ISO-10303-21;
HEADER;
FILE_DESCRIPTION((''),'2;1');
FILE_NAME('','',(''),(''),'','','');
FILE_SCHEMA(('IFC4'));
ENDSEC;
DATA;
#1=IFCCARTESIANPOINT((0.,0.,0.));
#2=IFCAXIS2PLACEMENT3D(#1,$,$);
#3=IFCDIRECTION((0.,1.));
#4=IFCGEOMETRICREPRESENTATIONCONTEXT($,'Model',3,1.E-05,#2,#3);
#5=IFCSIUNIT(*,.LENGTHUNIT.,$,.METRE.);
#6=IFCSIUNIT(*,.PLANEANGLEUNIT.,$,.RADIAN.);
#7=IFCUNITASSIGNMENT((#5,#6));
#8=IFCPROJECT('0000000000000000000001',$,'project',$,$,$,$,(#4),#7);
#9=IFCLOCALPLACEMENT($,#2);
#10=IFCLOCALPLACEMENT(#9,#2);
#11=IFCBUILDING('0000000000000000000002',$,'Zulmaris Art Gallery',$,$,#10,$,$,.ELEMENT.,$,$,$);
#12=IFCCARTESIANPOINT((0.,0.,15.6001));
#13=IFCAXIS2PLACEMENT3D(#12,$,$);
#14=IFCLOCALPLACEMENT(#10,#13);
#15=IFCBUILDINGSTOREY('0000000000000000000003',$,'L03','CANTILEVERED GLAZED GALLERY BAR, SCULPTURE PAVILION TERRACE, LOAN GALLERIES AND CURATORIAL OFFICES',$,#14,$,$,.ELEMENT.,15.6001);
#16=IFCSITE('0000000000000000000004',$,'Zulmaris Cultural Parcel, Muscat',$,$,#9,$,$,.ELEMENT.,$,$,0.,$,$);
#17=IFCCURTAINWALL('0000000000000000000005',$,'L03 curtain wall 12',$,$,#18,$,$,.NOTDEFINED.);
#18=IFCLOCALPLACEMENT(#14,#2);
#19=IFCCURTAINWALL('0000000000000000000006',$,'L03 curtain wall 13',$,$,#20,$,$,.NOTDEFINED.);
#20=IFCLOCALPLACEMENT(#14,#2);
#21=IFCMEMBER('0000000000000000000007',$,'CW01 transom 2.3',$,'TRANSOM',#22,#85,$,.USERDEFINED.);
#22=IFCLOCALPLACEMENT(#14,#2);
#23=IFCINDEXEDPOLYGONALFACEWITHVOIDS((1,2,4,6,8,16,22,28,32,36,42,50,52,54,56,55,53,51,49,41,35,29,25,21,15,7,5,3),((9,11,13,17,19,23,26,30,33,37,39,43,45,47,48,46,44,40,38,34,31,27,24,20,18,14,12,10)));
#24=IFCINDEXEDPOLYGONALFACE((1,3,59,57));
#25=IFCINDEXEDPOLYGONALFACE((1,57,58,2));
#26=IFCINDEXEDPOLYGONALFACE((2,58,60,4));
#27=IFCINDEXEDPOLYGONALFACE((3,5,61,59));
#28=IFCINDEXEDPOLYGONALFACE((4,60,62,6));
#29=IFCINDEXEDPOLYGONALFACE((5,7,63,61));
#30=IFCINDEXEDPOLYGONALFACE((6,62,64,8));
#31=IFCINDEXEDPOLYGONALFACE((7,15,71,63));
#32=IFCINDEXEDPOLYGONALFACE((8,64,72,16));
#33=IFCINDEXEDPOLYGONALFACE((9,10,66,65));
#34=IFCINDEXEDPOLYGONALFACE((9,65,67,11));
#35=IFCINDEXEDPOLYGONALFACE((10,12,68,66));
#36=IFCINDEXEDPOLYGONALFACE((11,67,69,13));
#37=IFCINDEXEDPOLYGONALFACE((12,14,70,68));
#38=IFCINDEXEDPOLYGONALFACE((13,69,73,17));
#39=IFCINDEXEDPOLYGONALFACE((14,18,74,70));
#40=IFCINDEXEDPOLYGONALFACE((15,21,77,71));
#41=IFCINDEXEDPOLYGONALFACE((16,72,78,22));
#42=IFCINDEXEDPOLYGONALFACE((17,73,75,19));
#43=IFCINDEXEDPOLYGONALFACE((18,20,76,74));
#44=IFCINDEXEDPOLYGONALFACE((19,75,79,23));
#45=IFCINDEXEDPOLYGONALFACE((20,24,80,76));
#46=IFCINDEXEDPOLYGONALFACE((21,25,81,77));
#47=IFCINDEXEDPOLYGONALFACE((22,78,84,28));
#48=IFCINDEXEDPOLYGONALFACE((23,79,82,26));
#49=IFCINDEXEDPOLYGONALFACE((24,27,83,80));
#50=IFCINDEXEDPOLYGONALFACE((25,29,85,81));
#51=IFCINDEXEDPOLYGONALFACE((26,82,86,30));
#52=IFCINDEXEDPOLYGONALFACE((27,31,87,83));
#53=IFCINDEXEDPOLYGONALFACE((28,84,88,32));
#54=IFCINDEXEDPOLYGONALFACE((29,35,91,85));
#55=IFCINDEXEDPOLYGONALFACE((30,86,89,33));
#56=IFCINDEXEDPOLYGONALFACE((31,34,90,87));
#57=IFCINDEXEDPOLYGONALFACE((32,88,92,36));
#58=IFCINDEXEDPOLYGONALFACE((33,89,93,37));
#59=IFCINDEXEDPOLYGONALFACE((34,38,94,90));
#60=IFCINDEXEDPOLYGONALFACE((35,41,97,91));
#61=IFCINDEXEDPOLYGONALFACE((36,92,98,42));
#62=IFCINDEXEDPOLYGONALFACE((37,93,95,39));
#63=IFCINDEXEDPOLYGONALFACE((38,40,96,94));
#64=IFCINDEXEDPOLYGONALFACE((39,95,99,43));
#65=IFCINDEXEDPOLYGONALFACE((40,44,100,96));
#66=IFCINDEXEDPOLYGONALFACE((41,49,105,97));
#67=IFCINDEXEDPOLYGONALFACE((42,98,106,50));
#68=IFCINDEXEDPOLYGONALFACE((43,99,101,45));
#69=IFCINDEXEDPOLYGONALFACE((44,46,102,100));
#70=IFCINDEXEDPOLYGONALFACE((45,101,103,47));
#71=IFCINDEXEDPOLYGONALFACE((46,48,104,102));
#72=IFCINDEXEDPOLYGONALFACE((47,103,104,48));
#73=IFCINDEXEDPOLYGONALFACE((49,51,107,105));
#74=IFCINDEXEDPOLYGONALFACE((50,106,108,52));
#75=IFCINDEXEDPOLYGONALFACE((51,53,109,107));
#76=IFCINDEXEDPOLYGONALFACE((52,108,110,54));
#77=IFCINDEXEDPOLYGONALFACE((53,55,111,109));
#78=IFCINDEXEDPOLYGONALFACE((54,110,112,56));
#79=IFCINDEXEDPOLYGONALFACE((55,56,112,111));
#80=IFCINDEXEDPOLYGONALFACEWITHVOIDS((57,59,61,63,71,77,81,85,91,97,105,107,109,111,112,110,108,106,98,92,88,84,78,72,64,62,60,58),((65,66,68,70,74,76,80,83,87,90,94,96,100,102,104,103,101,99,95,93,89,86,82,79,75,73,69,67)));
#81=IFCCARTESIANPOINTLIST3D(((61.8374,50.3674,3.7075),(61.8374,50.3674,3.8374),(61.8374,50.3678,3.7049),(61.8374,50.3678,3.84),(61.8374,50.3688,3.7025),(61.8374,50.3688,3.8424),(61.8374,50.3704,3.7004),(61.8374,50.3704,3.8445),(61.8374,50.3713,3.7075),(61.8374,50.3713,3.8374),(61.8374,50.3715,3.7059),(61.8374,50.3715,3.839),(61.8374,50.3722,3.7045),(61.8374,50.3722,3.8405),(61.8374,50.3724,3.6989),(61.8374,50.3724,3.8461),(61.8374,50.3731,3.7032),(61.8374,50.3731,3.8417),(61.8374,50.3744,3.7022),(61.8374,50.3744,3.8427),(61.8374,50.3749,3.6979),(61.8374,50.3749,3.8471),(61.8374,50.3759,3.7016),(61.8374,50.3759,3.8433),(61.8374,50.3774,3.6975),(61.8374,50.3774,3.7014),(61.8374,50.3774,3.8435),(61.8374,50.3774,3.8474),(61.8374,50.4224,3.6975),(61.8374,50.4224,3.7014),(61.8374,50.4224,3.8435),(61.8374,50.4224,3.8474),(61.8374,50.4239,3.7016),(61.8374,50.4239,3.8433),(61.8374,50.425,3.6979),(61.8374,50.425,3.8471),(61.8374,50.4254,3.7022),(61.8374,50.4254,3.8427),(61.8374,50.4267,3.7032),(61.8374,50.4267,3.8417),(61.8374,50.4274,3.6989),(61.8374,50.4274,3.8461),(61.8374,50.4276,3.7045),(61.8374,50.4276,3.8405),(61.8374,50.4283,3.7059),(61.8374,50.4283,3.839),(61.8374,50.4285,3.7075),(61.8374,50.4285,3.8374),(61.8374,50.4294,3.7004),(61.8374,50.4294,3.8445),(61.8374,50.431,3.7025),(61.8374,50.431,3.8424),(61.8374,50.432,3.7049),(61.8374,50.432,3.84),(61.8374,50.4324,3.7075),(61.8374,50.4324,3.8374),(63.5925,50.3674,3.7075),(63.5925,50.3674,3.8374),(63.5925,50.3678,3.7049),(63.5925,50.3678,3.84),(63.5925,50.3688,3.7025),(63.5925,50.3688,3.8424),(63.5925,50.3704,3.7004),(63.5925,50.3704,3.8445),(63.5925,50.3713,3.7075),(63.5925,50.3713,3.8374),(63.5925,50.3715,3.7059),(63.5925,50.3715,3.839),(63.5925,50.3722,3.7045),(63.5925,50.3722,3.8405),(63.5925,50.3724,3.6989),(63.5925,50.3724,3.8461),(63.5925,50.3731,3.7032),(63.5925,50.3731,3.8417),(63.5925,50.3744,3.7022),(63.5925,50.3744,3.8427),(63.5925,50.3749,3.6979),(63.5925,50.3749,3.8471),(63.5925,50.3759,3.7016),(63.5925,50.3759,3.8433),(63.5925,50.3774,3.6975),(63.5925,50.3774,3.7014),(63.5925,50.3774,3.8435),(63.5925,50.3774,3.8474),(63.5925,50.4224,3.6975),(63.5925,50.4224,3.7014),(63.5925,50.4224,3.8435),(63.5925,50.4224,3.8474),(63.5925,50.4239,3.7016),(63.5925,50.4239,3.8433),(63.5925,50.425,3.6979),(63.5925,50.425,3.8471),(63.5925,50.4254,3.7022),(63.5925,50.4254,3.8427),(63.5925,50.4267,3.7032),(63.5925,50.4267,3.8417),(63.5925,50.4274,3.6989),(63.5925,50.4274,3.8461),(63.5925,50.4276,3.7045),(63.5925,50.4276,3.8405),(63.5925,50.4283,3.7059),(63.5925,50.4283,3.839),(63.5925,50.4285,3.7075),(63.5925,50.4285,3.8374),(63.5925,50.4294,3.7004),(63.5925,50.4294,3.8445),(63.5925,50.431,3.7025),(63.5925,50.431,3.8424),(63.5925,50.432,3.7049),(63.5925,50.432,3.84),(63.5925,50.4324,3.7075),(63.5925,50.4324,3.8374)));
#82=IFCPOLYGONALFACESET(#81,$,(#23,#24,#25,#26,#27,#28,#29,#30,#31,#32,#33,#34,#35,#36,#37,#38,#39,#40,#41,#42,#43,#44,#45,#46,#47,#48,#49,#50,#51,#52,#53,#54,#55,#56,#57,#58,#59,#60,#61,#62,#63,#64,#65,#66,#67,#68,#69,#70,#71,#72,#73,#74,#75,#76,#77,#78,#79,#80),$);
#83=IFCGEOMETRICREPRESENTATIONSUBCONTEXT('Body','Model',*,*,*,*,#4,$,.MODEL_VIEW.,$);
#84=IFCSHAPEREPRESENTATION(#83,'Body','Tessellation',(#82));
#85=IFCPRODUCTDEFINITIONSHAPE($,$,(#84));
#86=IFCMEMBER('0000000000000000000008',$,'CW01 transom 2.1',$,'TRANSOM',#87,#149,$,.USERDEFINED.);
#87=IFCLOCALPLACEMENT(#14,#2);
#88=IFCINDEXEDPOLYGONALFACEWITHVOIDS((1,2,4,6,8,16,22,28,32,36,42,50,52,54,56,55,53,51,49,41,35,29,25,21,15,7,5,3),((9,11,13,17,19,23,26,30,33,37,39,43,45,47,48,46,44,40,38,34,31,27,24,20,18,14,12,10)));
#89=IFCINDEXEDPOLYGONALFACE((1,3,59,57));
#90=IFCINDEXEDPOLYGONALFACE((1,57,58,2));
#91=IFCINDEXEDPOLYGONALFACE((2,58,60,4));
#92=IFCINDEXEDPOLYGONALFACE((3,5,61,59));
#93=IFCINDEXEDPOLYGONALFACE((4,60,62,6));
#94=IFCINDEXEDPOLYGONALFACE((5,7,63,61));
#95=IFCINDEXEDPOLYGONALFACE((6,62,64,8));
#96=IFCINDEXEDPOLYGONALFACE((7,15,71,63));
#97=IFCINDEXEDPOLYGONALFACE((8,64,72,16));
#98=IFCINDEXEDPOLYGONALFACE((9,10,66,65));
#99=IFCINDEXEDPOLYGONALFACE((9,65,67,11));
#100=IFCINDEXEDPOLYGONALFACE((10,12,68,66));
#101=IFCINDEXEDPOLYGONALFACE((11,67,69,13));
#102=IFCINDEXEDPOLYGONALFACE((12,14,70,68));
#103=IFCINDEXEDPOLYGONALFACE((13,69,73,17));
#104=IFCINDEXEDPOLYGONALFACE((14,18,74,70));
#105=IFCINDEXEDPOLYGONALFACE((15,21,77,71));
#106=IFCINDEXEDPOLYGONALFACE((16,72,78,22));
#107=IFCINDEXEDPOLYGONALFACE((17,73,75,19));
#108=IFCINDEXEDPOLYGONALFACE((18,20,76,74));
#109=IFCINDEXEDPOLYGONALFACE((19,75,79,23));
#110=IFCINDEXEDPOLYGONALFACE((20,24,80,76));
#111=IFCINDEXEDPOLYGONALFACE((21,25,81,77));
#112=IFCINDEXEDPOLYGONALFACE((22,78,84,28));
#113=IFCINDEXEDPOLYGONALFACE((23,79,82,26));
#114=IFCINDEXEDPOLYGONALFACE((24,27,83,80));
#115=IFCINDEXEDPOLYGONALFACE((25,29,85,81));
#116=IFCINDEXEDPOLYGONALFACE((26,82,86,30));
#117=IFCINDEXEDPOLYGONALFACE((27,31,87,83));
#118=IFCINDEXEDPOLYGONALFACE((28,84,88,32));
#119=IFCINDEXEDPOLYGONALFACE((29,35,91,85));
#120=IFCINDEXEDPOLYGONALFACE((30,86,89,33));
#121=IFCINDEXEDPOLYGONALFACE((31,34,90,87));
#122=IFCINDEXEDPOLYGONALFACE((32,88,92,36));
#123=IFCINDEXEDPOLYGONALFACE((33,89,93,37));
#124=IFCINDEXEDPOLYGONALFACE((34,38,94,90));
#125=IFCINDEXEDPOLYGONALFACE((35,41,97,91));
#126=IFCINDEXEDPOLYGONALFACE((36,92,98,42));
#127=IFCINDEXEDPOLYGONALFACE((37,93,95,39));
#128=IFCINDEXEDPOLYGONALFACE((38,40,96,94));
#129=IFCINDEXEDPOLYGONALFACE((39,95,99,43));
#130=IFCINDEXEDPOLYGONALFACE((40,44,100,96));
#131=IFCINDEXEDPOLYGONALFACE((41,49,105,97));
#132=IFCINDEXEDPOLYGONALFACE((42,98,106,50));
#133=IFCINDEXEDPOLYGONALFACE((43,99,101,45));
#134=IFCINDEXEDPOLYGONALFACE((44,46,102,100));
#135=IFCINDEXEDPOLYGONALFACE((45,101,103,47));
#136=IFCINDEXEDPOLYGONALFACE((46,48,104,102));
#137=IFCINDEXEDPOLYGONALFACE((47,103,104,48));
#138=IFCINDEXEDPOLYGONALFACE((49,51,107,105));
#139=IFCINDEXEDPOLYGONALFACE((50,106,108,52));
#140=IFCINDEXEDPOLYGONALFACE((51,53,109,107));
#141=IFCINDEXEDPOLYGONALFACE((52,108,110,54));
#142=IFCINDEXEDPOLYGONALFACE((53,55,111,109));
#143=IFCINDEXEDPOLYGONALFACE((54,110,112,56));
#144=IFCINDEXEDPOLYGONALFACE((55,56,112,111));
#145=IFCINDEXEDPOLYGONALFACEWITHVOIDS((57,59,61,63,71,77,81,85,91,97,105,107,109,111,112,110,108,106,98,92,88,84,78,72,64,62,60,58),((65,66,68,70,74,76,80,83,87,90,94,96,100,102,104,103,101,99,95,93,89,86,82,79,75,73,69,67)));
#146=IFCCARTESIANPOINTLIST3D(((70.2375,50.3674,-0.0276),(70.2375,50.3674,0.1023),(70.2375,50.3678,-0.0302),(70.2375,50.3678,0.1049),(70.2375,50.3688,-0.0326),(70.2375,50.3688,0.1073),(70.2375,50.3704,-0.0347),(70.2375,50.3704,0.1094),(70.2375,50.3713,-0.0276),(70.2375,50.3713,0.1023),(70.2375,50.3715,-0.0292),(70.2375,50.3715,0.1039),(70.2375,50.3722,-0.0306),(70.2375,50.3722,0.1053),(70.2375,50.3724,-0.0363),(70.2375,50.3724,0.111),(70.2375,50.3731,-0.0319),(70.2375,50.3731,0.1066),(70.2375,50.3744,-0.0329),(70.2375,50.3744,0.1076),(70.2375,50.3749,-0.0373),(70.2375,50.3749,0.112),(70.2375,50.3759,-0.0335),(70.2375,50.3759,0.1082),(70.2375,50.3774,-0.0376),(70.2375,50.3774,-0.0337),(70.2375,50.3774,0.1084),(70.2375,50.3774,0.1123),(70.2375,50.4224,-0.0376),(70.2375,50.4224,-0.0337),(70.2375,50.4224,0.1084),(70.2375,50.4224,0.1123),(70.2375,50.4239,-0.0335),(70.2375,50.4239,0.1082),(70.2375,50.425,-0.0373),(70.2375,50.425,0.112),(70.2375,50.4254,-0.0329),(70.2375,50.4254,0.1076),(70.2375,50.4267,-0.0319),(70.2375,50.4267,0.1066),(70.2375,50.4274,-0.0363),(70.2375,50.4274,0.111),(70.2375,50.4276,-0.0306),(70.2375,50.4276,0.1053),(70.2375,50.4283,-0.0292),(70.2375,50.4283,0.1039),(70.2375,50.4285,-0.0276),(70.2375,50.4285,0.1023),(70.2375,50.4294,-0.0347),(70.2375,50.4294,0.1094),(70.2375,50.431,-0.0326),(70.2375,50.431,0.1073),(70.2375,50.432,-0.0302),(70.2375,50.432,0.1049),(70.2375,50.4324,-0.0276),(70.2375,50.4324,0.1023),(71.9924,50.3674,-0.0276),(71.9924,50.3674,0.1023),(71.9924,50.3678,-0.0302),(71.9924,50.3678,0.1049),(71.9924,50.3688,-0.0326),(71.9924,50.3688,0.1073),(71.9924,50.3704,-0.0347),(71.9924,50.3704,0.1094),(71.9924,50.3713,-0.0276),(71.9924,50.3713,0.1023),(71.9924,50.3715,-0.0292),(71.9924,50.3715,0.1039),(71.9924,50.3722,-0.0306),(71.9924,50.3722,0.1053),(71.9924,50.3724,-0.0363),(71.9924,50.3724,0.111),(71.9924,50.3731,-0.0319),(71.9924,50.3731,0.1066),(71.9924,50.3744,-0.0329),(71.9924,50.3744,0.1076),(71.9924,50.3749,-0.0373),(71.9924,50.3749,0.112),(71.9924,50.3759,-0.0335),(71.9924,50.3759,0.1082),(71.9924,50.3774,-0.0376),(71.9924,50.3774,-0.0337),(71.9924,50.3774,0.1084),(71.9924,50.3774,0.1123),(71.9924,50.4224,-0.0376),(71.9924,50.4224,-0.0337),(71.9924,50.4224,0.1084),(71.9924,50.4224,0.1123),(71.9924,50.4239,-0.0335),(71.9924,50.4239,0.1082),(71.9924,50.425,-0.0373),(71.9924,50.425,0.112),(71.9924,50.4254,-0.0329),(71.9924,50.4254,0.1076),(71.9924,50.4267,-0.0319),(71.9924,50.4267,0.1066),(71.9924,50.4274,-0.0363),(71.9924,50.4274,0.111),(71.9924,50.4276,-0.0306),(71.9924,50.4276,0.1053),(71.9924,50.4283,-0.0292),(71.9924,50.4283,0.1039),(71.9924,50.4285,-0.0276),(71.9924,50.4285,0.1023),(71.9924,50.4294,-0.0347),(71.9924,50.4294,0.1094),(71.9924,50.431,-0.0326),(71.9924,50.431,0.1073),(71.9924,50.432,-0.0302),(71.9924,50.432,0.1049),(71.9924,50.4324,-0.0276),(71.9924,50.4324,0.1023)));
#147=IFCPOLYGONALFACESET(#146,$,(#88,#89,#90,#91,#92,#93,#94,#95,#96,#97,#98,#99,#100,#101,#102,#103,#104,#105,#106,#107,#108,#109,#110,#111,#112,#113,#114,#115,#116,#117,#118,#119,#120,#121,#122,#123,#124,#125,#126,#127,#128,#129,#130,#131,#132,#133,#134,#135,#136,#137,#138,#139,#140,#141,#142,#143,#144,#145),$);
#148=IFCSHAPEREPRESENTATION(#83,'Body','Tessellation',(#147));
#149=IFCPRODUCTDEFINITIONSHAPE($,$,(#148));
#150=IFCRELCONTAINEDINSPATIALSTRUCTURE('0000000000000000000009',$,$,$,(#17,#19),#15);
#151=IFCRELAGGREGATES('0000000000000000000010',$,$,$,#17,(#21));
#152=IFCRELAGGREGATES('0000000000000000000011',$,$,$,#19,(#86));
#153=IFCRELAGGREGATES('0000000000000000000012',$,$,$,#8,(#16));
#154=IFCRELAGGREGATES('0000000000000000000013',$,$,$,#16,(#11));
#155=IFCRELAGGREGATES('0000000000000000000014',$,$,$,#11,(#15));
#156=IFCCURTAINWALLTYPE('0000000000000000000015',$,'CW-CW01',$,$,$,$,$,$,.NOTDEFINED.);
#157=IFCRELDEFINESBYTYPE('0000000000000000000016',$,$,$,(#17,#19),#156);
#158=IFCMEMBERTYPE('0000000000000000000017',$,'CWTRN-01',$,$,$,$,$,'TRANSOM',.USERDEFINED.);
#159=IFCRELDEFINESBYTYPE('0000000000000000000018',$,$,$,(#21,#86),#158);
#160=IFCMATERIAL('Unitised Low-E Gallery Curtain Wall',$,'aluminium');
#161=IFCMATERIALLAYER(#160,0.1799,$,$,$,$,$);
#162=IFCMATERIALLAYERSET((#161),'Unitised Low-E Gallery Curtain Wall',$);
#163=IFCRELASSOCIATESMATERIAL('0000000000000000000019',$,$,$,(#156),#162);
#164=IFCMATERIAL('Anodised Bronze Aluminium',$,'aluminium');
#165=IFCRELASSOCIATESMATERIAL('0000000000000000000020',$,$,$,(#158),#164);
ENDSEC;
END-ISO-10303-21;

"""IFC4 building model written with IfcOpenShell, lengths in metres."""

from ifc_helpers import new_model, si_unit, direction, frame, origin, origin_2d, place, context, subcontext, project, spatial, hollow_rectangle, extrude, material, layer, layer_set, material_profile, profile_set, type_object, element, aggregate, save


model = new_model("IFC4")

# Units and contexts
model_context = context("Model", 3, precision=1e-05, world=origin(), true_north=direction((0.0, 1.0)))
body_context = subcontext(model_context, "Body", "Model", "MODEL_VIEW")
ifc_project = project(units=[si_unit("LENGTHUNIT", "METRE"), si_unit("PLANEANGLEUNIT", "RADIAN")], contexts=[model_context])

# Site, building, storey
site_placement = place(None, origin())
site = spatial("IfcSite", under=ifc_project, at=site_placement, Name="Zulmaris Cultural Parcel, Muscat", CompositionType="ELEMENT", RefElevation=0.0)
building_placement = place(site_placement, origin())
building = spatial("IfcBuilding", under=site, at=building_placement, Name="Zulmaris Art Gallery", CompositionType="ELEMENT")
storey_placement = place(building_placement, frame((0.0, 0.0, 15.6001)))
storey = spatial("IfcBuildingStorey", under=building, at=storey_placement, Name="L03", Description="CANTILEVERED GLAZED GALLERY BAR, SCULPTURE PAVILION TERRACE, LOAN GALLERIES AND CURATORIAL OFFICES", CompositionType="ELEMENT", Elevation=15.6001)

# Curtain walls
ifc_material_1 = material(Name="Unitised Low-E Gallery Curtain Wall", Category="aluminium")
ifc_layer_1 = layer(ifc_material_1, 0.1799)
ifc_layer_set_1 = layer_set([ifc_layer_1], Name="Unitised Low-E Gallery Curtain Wall")
curtain_wall_type = type_object("IfcCurtainWallType", Name="CW-CW01", PredefinedType="NOTDEFINED", material=ifc_layer_set_1)
curtain_wall_1_placement = place(storey_placement, origin())
curtain_wall_1 = element("IfcCurtainWall", 1, at=curtain_wall_1_placement, inside=storey, type_object=curtain_wall_type, Name="L03 curtain wall 12", PredefinedType="NOTDEFINED")
ifc_material_2 = material(Name="Anodised Bronze Aluminium", Category="aluminium")
curtain_wall_2_placement = place(storey_placement, origin())
curtain_wall_2 = element("IfcCurtainWall", 2, at=curtain_wall_2_placement, inside=storey, type_object=curtain_wall_type, Name="L03 curtain wall 13", PredefinedType="NOTDEFINED")

# Members
ifc_material_profile_1 = material_profile(ifc_material_2, hollow_rectangle(XDim=0.0649, YDim=0.1499, WallThickness=0.0039, InnerFilletRadius=0.0061, OuterFilletRadius=0.01, at=origin_2d()), Name="ALU 65x150x4")
ifc_profile_set_1 = profile_set([ifc_material_profile_1], Name="Anodised Bronze Aluminium")
member_type_1 = type_object("IfcMemberType", Name="CWTRN-01", ElementType="TRANSOM", PredefinedType="USERDEFINED", material=ifc_profile_set_1)
member_1_placement = place(storey_placement, frame((63.5925, 50.3999, 3.7725), z_axis=(-1.0, 0.0, 0.0), x_axis=(0.0, -1.0, 0.0)))
member_1 = element("IfcMember", 3, at=member_1_placement, type_object=member_type_1, Name="CW01 transom 2.3", ObjectType="TRANSOM", PredefinedType="USERDEFINED", context=body_context, shape_type="SweptSolid", body=[
    extrude(hollow_rectangle(XDim=0.0649, YDim=0.1499, WallThickness=0.0039, InnerFilletRadius=0.0061, OuterFilletRadius=0.01, at=origin_2d()), origin(), (0.0, 0.0, 1.0), 1.7551),
])
member_2_placement = place(storey_placement, frame((71.9924, 50.3999, 0.0374), z_axis=(-1.0, 0.0, 0.0), x_axis=(0.0, -1.0, 0.0)))
member_2 = element("IfcMember", 4, at=member_2_placement, type_object=member_type_1, Name="CW01 transom 2.1", ObjectType="TRANSOM", PredefinedType="USERDEFINED", context=body_context, shape_type="SweptSolid", body=[
    extrude(hollow_rectangle(XDim=0.0649, YDim=0.1499, WallThickness=0.0039, InnerFilletRadius=0.0061, OuterFilletRadius=0.01, at=origin_2d()), origin(), (0.0, 0.0, 1.0), 1.7549),
])

aggregate(curtain_wall_1, [member_1])
aggregate(curtain_wall_2, [member_2])

save(model, "model.ifc")
